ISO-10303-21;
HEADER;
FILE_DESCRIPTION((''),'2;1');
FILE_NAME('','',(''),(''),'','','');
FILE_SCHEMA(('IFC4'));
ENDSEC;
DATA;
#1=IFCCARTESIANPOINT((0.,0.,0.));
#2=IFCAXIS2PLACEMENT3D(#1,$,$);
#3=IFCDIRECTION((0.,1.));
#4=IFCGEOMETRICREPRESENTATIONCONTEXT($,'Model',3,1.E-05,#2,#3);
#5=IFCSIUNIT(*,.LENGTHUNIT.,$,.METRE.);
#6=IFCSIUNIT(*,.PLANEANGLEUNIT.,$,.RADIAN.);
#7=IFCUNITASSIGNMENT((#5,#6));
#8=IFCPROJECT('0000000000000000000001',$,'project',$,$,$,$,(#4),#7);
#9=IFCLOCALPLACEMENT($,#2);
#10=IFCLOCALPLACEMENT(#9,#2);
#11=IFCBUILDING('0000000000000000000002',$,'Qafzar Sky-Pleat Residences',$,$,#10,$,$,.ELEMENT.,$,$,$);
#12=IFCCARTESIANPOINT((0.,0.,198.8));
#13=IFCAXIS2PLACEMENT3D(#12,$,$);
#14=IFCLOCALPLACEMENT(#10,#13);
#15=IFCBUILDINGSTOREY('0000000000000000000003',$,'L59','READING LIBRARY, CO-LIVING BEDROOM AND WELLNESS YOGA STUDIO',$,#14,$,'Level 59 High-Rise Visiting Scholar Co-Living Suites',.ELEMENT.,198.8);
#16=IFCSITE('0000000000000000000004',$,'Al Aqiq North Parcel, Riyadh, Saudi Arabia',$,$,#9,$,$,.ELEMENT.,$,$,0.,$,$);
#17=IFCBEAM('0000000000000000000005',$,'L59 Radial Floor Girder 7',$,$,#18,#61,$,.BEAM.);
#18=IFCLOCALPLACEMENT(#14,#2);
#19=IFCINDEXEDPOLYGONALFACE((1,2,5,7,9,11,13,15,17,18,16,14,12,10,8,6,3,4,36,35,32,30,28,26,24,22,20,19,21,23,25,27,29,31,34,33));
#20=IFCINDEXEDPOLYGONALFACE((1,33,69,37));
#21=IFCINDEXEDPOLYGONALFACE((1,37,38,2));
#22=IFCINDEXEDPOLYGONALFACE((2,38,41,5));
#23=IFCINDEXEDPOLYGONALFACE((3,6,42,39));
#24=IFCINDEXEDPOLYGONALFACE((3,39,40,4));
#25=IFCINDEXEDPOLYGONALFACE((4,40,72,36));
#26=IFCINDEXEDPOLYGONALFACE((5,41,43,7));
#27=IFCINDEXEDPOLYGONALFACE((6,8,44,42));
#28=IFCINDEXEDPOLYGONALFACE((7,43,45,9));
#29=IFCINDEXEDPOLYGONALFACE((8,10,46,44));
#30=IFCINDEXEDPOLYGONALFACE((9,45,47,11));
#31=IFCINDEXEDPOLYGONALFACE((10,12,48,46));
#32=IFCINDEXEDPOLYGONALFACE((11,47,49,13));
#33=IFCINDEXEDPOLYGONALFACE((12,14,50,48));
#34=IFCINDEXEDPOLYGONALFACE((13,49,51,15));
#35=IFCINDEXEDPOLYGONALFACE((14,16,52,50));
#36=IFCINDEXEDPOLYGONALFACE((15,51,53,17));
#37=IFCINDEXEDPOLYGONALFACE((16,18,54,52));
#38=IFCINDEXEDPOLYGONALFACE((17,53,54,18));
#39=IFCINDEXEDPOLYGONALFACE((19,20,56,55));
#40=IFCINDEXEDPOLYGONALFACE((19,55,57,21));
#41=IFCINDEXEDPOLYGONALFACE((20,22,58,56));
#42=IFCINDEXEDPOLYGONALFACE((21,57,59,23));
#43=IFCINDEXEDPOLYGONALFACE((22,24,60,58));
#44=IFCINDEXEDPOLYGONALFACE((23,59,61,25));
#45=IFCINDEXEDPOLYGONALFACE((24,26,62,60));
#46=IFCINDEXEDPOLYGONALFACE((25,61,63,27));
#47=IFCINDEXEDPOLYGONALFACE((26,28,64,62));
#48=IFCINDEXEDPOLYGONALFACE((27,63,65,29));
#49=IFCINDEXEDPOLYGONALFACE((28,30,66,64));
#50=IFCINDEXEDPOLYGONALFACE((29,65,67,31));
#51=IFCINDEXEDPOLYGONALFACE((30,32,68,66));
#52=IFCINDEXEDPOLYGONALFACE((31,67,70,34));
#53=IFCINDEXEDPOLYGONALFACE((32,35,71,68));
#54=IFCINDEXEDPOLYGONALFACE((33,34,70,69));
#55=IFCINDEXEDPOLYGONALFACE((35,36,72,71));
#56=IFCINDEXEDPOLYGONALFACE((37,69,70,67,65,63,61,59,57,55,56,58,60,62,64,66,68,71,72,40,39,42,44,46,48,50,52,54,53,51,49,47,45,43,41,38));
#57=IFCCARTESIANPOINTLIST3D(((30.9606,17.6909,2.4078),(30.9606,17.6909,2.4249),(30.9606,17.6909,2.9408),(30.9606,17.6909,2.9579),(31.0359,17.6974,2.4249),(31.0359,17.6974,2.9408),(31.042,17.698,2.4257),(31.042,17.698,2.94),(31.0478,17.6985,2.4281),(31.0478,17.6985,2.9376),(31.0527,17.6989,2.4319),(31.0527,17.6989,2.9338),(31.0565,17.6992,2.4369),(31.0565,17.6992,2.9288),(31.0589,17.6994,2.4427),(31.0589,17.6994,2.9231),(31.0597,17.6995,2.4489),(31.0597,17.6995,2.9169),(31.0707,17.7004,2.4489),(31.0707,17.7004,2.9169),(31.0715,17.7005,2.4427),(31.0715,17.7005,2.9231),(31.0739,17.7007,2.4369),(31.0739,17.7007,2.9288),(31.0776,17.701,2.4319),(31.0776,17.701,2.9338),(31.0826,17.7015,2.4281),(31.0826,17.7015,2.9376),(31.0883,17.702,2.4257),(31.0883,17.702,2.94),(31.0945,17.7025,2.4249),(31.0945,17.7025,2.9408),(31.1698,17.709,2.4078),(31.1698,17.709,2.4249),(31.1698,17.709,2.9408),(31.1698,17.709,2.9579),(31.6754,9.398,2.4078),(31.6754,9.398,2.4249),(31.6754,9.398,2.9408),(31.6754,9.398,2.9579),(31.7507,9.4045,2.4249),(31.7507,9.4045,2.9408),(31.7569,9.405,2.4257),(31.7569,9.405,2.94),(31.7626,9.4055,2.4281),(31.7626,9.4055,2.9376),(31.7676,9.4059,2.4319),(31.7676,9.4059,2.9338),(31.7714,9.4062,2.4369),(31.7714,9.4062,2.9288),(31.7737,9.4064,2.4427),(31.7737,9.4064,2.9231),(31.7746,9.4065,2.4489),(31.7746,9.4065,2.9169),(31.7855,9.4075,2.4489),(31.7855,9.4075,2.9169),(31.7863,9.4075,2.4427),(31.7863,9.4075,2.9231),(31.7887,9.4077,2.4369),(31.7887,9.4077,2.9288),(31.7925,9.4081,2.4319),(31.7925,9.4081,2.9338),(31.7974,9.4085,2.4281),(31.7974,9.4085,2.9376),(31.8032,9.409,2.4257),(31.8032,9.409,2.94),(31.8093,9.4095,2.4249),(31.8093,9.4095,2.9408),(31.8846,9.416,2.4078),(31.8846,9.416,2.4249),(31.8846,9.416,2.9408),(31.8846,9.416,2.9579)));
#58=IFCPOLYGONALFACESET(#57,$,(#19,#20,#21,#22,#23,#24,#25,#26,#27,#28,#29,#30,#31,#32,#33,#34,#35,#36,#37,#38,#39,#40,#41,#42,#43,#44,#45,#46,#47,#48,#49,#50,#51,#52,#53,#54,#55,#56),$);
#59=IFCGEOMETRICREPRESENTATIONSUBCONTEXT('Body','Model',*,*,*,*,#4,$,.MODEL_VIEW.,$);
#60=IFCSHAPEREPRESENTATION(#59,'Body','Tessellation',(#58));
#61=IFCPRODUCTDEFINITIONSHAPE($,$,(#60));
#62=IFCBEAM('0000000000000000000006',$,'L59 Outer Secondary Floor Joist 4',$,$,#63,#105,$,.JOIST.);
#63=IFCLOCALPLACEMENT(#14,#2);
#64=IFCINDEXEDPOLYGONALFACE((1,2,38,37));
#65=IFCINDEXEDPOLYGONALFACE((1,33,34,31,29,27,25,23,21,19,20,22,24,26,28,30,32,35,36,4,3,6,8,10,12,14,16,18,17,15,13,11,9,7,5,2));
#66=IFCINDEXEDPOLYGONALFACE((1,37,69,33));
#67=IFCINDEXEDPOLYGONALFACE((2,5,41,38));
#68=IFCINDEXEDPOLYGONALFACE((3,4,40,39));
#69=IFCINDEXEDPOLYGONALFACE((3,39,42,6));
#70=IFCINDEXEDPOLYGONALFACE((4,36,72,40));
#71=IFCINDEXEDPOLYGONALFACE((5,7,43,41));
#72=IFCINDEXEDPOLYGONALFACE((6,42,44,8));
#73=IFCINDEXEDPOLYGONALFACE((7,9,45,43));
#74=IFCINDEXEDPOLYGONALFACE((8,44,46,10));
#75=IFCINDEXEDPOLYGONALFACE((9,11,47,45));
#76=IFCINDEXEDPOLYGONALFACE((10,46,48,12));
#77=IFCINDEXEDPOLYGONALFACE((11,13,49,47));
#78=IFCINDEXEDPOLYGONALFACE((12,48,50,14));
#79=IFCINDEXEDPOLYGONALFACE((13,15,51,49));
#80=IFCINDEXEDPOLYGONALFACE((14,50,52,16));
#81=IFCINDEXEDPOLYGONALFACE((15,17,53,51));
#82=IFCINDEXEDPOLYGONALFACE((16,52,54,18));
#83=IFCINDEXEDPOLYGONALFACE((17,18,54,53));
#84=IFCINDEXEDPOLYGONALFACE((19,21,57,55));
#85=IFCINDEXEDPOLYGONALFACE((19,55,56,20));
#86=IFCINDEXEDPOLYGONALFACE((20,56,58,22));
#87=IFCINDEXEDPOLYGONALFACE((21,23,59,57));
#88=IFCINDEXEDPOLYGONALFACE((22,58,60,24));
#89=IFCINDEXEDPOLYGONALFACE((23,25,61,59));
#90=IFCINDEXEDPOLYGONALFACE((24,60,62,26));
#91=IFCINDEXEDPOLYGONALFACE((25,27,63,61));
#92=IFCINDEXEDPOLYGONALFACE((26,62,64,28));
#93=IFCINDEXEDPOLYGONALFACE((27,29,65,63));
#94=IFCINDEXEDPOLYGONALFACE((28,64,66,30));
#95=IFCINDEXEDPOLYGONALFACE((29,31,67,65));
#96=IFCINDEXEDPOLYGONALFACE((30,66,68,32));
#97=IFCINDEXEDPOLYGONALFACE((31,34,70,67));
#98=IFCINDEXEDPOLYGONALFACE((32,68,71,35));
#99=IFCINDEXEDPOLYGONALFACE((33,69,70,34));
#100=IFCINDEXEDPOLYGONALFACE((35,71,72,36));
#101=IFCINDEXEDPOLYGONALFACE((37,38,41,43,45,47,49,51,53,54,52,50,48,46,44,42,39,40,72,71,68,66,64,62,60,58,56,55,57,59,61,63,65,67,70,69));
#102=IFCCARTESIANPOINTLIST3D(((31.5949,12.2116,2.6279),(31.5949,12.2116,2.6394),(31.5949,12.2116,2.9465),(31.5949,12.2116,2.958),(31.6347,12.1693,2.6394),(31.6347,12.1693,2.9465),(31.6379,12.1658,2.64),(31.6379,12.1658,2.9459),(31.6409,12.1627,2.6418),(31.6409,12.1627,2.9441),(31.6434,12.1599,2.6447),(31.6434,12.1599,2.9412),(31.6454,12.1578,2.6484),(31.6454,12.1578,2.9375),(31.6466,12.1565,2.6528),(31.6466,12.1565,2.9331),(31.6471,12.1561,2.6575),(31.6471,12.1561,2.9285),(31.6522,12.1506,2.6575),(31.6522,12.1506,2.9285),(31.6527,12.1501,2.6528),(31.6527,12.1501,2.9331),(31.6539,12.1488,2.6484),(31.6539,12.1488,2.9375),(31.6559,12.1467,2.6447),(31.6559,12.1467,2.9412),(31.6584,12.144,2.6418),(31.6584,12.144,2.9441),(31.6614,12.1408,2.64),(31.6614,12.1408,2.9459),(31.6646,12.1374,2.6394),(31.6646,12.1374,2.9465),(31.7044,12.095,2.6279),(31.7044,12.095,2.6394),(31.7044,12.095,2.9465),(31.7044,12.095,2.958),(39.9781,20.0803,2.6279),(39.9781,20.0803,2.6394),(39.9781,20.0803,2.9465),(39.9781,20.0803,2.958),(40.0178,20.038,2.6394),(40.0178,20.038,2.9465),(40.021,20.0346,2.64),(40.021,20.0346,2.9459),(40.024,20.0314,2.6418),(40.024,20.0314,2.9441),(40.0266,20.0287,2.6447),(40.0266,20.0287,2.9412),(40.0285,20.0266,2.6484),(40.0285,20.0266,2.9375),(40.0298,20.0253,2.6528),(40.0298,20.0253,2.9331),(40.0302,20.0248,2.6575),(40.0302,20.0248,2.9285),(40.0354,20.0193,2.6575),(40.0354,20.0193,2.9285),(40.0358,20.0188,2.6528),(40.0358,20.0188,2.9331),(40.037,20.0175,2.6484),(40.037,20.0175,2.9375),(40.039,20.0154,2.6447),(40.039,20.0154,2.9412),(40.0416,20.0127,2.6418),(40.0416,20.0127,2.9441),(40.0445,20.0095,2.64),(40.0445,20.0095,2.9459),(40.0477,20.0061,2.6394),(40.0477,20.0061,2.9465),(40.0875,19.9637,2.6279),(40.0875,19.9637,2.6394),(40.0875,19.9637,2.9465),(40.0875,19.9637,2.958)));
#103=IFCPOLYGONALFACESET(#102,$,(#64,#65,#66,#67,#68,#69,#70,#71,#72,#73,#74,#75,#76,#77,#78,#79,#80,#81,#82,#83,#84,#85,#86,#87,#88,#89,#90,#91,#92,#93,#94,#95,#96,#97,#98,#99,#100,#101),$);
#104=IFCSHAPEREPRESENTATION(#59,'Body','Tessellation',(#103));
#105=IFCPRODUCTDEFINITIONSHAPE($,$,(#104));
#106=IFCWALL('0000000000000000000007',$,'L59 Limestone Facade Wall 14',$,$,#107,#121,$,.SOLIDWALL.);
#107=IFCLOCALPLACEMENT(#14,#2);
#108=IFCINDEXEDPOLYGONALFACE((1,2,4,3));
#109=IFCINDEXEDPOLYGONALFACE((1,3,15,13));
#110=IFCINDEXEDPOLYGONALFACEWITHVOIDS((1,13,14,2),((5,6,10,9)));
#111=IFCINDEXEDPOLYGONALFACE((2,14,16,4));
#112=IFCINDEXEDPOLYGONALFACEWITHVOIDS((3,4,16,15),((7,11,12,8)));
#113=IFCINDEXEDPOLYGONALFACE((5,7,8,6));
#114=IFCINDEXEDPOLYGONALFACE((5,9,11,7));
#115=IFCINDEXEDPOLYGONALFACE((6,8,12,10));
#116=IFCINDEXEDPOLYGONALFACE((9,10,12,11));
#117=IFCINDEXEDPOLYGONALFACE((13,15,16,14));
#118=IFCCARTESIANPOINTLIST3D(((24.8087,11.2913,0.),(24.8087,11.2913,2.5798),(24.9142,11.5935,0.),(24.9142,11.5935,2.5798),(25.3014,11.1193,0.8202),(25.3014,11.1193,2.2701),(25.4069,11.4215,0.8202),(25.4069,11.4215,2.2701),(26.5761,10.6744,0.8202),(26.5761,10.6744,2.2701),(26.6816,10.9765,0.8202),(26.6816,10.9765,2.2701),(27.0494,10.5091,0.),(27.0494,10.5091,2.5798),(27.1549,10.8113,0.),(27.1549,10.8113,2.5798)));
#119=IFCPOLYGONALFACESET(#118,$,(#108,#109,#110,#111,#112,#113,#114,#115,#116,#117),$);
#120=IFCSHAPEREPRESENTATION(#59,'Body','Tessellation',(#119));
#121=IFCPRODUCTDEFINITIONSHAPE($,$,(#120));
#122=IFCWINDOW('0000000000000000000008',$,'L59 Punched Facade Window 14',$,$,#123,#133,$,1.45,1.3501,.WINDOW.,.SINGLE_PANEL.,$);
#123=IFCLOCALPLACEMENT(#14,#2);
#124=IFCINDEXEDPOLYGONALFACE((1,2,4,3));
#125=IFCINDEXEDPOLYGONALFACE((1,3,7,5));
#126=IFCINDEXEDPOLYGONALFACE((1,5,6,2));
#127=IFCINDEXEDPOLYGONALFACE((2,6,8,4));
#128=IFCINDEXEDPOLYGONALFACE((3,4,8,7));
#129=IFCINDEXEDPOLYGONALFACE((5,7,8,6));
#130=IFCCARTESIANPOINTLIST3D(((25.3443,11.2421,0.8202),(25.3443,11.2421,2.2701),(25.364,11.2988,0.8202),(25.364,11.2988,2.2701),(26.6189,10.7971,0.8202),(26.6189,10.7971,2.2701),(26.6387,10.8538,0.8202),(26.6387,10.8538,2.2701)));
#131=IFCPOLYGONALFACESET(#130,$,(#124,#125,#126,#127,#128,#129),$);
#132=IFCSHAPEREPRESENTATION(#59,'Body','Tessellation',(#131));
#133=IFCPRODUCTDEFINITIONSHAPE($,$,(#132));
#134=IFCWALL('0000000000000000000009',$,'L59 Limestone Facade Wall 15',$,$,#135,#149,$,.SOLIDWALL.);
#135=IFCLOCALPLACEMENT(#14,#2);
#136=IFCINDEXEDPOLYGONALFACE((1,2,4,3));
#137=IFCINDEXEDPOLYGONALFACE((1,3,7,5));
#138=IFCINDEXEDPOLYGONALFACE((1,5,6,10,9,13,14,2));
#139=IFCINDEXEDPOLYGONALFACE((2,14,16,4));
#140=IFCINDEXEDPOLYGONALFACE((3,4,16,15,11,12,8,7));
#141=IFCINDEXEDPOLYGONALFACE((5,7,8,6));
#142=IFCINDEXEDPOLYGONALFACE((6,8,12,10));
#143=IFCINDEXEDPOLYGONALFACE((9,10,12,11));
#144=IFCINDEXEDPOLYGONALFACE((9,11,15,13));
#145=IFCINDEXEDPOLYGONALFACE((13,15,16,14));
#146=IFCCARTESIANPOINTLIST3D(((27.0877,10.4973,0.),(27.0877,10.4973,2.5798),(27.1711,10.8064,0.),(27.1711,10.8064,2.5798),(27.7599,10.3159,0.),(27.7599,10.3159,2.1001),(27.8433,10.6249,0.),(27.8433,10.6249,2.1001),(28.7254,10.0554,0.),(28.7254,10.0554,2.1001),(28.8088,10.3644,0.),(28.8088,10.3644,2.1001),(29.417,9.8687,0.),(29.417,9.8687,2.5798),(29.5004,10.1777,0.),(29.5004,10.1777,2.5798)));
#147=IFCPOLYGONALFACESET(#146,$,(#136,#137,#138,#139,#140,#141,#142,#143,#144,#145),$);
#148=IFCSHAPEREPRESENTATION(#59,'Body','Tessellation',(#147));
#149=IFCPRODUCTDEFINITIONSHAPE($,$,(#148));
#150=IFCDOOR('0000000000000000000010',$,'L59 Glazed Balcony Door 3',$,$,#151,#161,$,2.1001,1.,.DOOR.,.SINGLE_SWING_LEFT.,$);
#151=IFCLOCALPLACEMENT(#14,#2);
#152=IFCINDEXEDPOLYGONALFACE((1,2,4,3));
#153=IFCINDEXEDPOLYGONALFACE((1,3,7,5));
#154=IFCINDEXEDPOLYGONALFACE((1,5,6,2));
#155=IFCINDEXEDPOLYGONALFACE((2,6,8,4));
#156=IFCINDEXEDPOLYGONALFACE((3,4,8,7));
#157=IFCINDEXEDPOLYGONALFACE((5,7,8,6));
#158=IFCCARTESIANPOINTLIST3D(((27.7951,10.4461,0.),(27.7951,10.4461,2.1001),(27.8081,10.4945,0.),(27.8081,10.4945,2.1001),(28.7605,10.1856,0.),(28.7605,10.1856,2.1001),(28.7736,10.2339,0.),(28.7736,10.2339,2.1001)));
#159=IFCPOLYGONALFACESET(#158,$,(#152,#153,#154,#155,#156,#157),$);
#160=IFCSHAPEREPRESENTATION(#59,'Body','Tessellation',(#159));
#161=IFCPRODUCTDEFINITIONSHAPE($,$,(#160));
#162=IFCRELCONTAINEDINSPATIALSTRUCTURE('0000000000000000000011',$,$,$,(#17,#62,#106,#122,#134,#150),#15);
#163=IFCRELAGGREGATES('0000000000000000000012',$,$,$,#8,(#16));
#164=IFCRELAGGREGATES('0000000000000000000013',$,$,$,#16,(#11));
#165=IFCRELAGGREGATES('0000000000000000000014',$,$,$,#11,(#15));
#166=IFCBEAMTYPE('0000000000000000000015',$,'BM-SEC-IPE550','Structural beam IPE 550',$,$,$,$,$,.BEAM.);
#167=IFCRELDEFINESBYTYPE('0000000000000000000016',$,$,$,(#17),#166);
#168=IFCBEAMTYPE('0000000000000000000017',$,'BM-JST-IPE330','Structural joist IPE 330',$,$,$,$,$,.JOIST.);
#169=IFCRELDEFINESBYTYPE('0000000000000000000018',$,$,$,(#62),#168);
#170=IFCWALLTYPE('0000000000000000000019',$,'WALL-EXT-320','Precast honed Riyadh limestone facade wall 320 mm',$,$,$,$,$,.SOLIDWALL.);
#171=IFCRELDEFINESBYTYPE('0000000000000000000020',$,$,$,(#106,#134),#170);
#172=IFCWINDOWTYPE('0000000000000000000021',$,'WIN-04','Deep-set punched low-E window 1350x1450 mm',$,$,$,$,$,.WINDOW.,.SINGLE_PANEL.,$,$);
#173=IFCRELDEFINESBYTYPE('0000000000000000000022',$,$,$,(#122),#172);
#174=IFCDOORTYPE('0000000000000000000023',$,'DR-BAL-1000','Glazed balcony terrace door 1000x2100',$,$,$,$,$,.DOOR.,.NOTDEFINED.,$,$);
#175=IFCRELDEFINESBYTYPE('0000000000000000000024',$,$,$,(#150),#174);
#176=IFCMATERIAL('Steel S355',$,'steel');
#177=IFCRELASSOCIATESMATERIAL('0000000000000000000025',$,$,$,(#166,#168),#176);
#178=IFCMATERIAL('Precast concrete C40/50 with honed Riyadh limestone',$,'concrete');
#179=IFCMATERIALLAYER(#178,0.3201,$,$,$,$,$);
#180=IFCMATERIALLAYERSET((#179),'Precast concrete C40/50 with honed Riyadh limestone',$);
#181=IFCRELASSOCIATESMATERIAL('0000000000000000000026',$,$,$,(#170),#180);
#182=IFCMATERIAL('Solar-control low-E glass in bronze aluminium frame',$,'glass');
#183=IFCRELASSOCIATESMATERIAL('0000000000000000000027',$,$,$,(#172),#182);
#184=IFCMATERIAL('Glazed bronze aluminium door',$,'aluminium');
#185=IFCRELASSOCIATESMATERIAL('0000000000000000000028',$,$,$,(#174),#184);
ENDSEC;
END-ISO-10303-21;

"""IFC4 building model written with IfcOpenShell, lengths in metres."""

from ifc_helpers import new_model, si_unit, direction, frame, frame_2d, origin, origin_2d, place, context, subcontext, project, spatial, rectangle, i_section, extrude, source, transform, mapped, material, layer, layer_set, material_profile, profile_set, type_object, element, fill, save


model = new_model("IFC4")

# Units and contexts
model_context = context("Model", 3, precision=1e-05, world=origin(), true_north=direction((0.0, 1.0)))
body_context = subcontext(model_context, "Body", "Model", "MODEL_VIEW")
ifc_project = project(units=[si_unit("LENGTHUNIT", "METRE"), si_unit("PLANEANGLEUNIT", "RADIAN")], contexts=[model_context])

# Site, building, storey
site_placement = place(None, origin())
site = spatial("IfcSite", under=ifc_project, at=site_placement, Name="Al Aqiq North Parcel, Riyadh, Saudi Arabia", CompositionType="ELEMENT", RefElevation=0.0)
building_placement = place(site_placement, origin())
building = spatial("IfcBuilding", under=site, at=building_placement, Name="Qafzar Sky-Pleat Residences", CompositionType="ELEMENT")
storey_placement = place(building_placement, frame((0.0, 0.0, 198.8)))
storey = spatial("IfcBuildingStorey", under=building, at=storey_placement, Name="L59", Description="READING LIBRARY, CO-LIVING BEDROOM AND WELLNESS YOGA STUDIO", LongName="Level 59 High-Rise Visiting Scholar Co-Living Suites", CompositionType="ELEMENT", Elevation=198.8)

# Shared definitions
ifc_material_1 = material(Name="Steel S355", Category="steel")

# Beams
ifc_material_profile_1 = material_profile(ifc_material_1, i_section(OverallWidth=0.21, OverallDepth=0.55, WebThickness=0.011, FlangeThickness=0.0171, FilletRadius=0.0239, at=origin_2d()), Name="IPE 550")
ifc_profile_set_1 = profile_set([ifc_material_profile_1], Name="Steel S355")
beam_type_1 = type_object("IfcBeamType", Name="BM-SEC-IPE550", Description="Structural beam IPE 550", PredefinedType="BEAM", material=ifc_profile_set_1)
shared_shape_1 = source(origin(), body_context, "Body", "SweptSolid", [
    extrude(i_section(OverallWidth=0.21, OverallDepth=0.55, WebThickness=0.011, FlangeThickness=0.0171, FilletRadius=0.0239, at=origin_2d()), origin(), (0.0, 0.0, 1.0), 8.3237),
])
beam_1_placement = place(storey_placement, frame((31.78, 9.407, 2.6829), z_axis=(-0.08588, 0.996305, 0.0), x_axis=(-0.996305, -0.08588, 0.0)))
element("IfcBeam", 1, at=beam_1_placement, inside=storey, type_object=beam_type_1, Name="L59 Radial Floor Girder 7", PredefinedType="BEAM", context=body_context, shape_type="MappedRepresentation", body=[
    mapped(shared_shape_1, transform((0.0, 0.0, 0.0), x_axis=(1.0, 0.0, 0.0), y_axis=(0.0, 1.0, 0.0), z_axis=(0.0, 0.0, 1.0), scale=1.0)),
])
ifc_material_profile_2 = material_profile(ifc_material_1, i_section(OverallWidth=0.1599, OverallDepth=0.3301, WebThickness=0.0076, FlangeThickness=0.0115, FilletRadius=0.0181, at=origin_2d()), Name="IPE 330")
ifc_profile_set_2 = profile_set([ifc_material_profile_2], Name="Steel S355")
beam_type_2 = type_object("IfcBeamType", Name="BM-JST-IPE330", Description="Structural joist IPE 330", PredefinedType="JOIST", material=ifc_profile_set_2)
shared_shape_2 = source(origin(), body_context, "Body", "SweptSolid", [
    extrude(i_section(OverallWidth=0.1599, OverallDepth=0.3301, WebThickness=0.0076, FlangeThickness=0.0115, FilletRadius=0.0181, at=origin_2d()), origin(), (0.0, 0.0, 1.0), 11.4976),
])
beam_2_placement = place(storey_placement, frame((31.6497, 12.1533, 2.793), z_axis=(0.729123, 0.684382, 0.0), x_axis=(-0.684382, 0.729123, 0.0)))
element("IfcBeam", 2, at=beam_2_placement, inside=storey, type_object=beam_type_2, Name="L59 Outer Secondary Floor Joist 4", PredefinedType="JOIST", context=body_context, shape_type="MappedRepresentation", body=[
    mapped(shared_shape_2, transform((0.0, 0.0, 0.0), x_axis=(1.0, 0.0, 0.0), y_axis=(0.0, 1.0, 0.0), z_axis=(0.0, 0.0, 1.0), scale=1.0)),
])

# Wall, opening, window
ifc_material_2 = material(Name="Precast concrete C40/50 with honed Riyadh limestone", Category="concrete")
ifc_layer_1 = layer(ifc_material_2, 0.3201)
ifc_layer_set_1 = layer_set([ifc_layer_1], Name="Precast concrete C40/50 with honed Riyadh limestone")
wall_type_1 = type_object("IfcWallType", Name="WALL-EXT-320", Description="Precast honed Riyadh limestone facade wall 320 mm", PredefinedType="SOLIDWALL", material=ifc_layer_set_1)
wall_1_placement = place(storey_placement, frame((24.8616, 11.4424, 0.0), z_axis=(0.0, 0.0, 1.0), x_axis=(0.944124, -0.32959, 0.0)))
wall_1 = element("IfcWall", 3, at=wall_1_placement, inside=storey, type_object=wall_type_1, Name="L59 Limestone Facade Wall 14", PredefinedType="SOLIDWALL", context=body_context, shape_type="SweptSolid", body=[
    extrude(rectangle(XDim=2.3733, YDim=0.3201, at=frame_2d((1.1865, 0.0))), origin(), (0.0, 0.0, 1.0), 2.5798),
])
opening_1_placement = place(wall_1_placement, frame((0.5217, 0.0, 0.8201)))
opening_1 = element("IfcOpeningElement", 4, at=opening_1_placement, cuts=wall_1, PredefinedType="OPENING", context=body_context, shape_type="SweptSolid", body=[
    extrude(rectangle(XDim=1.3501, YDim=1.45, at=frame_2d((0.675, 0.7251))), frame((0.0, 0.1699, 0.0), z_axis=(0.0, -1.0, 0.0), x_axis=(1.0, 0.0, 0.0)), (0.0, 0.0, 1.0), 0.3401),
])
ifc_material_3 = material(Name="Solar-control low-E glass in bronze aluminium frame", Category="glass")
window_type_1 = type_object("IfcWindowType", Name="WIN-04", Description="Deep-set punched low-E window 1350x1450 mm", PartitioningType="SINGLE_PANEL", PredefinedType="WINDOW", material=ifc_material_3)
shared_shape_3 = source(origin(), body_context, "Body", "SweptSolid", [
    extrude(rectangle(XDim=1.3501, YDim=1.45, at=frame_2d((0.675, 0.7251))), frame((0.0, 0.03, 0.0), z_axis=(0.0, -1.0, 0.0), x_axis=(1.0, 0.0, 0.0)), (0.0, 0.0, 1.0), 0.0601),
])
window_1_placement = place(opening_1_placement, origin())
window_1 = element("IfcWindow", 5, at=window_1_placement, inside=storey, type_object=window_type_1, Name="L59 Punched Facade Window 14", OverallHeight=1.45, OverallWidth=1.3501, PartitioningType="SINGLE_PANEL", PredefinedType="WINDOW", context=body_context, shape_type="MappedRepresentation", body=[
    mapped(shared_shape_3, transform((0.0, 0.0, 0.0), x_axis=(1.0, 0.0, 0.0), y_axis=(0.0, 1.0, 0.0), z_axis=(0.0, 0.0, 1.0), scale=1.0)),
])
fill(opening_1, window_1)

# Wall, opening, door
wall_2_placement = place(storey_placement, frame((27.1294, 10.6519, 0.0), z_axis=(0.0, 0.0, 1.0), x_axis=(0.965456, -0.260565, 0.0)))
wall_2 = element("IfcWall", 6, at=wall_2_placement, inside=storey, type_object=wall_type_1, Name="L59 Limestone Facade Wall 15", PredefinedType="SOLIDWALL", context=body_context, shape_type="SweptSolid", body=[
    extrude(rectangle(XDim=2.4126, YDim=0.3201, at=frame_2d((1.2063, 0.0))), origin(), (0.0, 0.0, 1.0), 2.5798),
])
opening_2_placement = place(wall_2_placement, frame((0.6963, 0.0, 0.0)))
opening_2 = element("IfcOpeningElement", 7, at=opening_2_placement, cuts=wall_2, PredefinedType="OPENING", context=body_context, shape_type="SweptSolid", body=[
    extrude(rectangle(XDim=1.0, YDim=2.1001, at=frame_2d((0.5, 1.05))), frame((0.0, 0.1699, 0.0), z_axis=(0.0, -1.0, 0.0), x_axis=(1.0, 0.0, 0.0)), (0.0, 0.0, 1.0), 0.3401),
])
ifc_material_4 = material(Name="Glazed bronze aluminium door", Category="aluminium")
door_type = type_object("IfcDoorType", Name="DR-BAL-1000", Description="Glazed balcony terrace door 1000x2100", OperationType="NOTDEFINED", PredefinedType="DOOR", material=ifc_material_4)
shared_shape_4 = source(origin(), body_context, "Body", "SweptSolid", [
    extrude(rectangle(XDim=1.0, YDim=2.1001, at=frame_2d((0.5, 1.05))), frame((0.0, 0.0249, 0.0), z_axis=(0.0, -1.0, 0.0), x_axis=(1.0, 0.0, 0.0)), (0.0, 0.0, 1.0), 0.05),
])
door_placement = place(opening_2_placement, origin())
door = element("IfcDoor", 8, at=door_placement, inside=storey, type_object=door_type, Name="L59 Glazed Balcony Door 3", OperationType="SINGLE_SWING_LEFT", OverallHeight=2.1001, OverallWidth=1.0, PredefinedType="DOOR", context=body_context, shape_type="MappedRepresentation", body=[
    mapped(shared_shape_4, transform((0.0, 0.0, 0.0), x_axis=(1.0, 0.0, 0.0), y_axis=(0.0, 1.0, 0.0), z_axis=(0.0, 0.0, 1.0), scale=1.0)),
])
fill(opening_2, door)

save(model, "model.ifc")
